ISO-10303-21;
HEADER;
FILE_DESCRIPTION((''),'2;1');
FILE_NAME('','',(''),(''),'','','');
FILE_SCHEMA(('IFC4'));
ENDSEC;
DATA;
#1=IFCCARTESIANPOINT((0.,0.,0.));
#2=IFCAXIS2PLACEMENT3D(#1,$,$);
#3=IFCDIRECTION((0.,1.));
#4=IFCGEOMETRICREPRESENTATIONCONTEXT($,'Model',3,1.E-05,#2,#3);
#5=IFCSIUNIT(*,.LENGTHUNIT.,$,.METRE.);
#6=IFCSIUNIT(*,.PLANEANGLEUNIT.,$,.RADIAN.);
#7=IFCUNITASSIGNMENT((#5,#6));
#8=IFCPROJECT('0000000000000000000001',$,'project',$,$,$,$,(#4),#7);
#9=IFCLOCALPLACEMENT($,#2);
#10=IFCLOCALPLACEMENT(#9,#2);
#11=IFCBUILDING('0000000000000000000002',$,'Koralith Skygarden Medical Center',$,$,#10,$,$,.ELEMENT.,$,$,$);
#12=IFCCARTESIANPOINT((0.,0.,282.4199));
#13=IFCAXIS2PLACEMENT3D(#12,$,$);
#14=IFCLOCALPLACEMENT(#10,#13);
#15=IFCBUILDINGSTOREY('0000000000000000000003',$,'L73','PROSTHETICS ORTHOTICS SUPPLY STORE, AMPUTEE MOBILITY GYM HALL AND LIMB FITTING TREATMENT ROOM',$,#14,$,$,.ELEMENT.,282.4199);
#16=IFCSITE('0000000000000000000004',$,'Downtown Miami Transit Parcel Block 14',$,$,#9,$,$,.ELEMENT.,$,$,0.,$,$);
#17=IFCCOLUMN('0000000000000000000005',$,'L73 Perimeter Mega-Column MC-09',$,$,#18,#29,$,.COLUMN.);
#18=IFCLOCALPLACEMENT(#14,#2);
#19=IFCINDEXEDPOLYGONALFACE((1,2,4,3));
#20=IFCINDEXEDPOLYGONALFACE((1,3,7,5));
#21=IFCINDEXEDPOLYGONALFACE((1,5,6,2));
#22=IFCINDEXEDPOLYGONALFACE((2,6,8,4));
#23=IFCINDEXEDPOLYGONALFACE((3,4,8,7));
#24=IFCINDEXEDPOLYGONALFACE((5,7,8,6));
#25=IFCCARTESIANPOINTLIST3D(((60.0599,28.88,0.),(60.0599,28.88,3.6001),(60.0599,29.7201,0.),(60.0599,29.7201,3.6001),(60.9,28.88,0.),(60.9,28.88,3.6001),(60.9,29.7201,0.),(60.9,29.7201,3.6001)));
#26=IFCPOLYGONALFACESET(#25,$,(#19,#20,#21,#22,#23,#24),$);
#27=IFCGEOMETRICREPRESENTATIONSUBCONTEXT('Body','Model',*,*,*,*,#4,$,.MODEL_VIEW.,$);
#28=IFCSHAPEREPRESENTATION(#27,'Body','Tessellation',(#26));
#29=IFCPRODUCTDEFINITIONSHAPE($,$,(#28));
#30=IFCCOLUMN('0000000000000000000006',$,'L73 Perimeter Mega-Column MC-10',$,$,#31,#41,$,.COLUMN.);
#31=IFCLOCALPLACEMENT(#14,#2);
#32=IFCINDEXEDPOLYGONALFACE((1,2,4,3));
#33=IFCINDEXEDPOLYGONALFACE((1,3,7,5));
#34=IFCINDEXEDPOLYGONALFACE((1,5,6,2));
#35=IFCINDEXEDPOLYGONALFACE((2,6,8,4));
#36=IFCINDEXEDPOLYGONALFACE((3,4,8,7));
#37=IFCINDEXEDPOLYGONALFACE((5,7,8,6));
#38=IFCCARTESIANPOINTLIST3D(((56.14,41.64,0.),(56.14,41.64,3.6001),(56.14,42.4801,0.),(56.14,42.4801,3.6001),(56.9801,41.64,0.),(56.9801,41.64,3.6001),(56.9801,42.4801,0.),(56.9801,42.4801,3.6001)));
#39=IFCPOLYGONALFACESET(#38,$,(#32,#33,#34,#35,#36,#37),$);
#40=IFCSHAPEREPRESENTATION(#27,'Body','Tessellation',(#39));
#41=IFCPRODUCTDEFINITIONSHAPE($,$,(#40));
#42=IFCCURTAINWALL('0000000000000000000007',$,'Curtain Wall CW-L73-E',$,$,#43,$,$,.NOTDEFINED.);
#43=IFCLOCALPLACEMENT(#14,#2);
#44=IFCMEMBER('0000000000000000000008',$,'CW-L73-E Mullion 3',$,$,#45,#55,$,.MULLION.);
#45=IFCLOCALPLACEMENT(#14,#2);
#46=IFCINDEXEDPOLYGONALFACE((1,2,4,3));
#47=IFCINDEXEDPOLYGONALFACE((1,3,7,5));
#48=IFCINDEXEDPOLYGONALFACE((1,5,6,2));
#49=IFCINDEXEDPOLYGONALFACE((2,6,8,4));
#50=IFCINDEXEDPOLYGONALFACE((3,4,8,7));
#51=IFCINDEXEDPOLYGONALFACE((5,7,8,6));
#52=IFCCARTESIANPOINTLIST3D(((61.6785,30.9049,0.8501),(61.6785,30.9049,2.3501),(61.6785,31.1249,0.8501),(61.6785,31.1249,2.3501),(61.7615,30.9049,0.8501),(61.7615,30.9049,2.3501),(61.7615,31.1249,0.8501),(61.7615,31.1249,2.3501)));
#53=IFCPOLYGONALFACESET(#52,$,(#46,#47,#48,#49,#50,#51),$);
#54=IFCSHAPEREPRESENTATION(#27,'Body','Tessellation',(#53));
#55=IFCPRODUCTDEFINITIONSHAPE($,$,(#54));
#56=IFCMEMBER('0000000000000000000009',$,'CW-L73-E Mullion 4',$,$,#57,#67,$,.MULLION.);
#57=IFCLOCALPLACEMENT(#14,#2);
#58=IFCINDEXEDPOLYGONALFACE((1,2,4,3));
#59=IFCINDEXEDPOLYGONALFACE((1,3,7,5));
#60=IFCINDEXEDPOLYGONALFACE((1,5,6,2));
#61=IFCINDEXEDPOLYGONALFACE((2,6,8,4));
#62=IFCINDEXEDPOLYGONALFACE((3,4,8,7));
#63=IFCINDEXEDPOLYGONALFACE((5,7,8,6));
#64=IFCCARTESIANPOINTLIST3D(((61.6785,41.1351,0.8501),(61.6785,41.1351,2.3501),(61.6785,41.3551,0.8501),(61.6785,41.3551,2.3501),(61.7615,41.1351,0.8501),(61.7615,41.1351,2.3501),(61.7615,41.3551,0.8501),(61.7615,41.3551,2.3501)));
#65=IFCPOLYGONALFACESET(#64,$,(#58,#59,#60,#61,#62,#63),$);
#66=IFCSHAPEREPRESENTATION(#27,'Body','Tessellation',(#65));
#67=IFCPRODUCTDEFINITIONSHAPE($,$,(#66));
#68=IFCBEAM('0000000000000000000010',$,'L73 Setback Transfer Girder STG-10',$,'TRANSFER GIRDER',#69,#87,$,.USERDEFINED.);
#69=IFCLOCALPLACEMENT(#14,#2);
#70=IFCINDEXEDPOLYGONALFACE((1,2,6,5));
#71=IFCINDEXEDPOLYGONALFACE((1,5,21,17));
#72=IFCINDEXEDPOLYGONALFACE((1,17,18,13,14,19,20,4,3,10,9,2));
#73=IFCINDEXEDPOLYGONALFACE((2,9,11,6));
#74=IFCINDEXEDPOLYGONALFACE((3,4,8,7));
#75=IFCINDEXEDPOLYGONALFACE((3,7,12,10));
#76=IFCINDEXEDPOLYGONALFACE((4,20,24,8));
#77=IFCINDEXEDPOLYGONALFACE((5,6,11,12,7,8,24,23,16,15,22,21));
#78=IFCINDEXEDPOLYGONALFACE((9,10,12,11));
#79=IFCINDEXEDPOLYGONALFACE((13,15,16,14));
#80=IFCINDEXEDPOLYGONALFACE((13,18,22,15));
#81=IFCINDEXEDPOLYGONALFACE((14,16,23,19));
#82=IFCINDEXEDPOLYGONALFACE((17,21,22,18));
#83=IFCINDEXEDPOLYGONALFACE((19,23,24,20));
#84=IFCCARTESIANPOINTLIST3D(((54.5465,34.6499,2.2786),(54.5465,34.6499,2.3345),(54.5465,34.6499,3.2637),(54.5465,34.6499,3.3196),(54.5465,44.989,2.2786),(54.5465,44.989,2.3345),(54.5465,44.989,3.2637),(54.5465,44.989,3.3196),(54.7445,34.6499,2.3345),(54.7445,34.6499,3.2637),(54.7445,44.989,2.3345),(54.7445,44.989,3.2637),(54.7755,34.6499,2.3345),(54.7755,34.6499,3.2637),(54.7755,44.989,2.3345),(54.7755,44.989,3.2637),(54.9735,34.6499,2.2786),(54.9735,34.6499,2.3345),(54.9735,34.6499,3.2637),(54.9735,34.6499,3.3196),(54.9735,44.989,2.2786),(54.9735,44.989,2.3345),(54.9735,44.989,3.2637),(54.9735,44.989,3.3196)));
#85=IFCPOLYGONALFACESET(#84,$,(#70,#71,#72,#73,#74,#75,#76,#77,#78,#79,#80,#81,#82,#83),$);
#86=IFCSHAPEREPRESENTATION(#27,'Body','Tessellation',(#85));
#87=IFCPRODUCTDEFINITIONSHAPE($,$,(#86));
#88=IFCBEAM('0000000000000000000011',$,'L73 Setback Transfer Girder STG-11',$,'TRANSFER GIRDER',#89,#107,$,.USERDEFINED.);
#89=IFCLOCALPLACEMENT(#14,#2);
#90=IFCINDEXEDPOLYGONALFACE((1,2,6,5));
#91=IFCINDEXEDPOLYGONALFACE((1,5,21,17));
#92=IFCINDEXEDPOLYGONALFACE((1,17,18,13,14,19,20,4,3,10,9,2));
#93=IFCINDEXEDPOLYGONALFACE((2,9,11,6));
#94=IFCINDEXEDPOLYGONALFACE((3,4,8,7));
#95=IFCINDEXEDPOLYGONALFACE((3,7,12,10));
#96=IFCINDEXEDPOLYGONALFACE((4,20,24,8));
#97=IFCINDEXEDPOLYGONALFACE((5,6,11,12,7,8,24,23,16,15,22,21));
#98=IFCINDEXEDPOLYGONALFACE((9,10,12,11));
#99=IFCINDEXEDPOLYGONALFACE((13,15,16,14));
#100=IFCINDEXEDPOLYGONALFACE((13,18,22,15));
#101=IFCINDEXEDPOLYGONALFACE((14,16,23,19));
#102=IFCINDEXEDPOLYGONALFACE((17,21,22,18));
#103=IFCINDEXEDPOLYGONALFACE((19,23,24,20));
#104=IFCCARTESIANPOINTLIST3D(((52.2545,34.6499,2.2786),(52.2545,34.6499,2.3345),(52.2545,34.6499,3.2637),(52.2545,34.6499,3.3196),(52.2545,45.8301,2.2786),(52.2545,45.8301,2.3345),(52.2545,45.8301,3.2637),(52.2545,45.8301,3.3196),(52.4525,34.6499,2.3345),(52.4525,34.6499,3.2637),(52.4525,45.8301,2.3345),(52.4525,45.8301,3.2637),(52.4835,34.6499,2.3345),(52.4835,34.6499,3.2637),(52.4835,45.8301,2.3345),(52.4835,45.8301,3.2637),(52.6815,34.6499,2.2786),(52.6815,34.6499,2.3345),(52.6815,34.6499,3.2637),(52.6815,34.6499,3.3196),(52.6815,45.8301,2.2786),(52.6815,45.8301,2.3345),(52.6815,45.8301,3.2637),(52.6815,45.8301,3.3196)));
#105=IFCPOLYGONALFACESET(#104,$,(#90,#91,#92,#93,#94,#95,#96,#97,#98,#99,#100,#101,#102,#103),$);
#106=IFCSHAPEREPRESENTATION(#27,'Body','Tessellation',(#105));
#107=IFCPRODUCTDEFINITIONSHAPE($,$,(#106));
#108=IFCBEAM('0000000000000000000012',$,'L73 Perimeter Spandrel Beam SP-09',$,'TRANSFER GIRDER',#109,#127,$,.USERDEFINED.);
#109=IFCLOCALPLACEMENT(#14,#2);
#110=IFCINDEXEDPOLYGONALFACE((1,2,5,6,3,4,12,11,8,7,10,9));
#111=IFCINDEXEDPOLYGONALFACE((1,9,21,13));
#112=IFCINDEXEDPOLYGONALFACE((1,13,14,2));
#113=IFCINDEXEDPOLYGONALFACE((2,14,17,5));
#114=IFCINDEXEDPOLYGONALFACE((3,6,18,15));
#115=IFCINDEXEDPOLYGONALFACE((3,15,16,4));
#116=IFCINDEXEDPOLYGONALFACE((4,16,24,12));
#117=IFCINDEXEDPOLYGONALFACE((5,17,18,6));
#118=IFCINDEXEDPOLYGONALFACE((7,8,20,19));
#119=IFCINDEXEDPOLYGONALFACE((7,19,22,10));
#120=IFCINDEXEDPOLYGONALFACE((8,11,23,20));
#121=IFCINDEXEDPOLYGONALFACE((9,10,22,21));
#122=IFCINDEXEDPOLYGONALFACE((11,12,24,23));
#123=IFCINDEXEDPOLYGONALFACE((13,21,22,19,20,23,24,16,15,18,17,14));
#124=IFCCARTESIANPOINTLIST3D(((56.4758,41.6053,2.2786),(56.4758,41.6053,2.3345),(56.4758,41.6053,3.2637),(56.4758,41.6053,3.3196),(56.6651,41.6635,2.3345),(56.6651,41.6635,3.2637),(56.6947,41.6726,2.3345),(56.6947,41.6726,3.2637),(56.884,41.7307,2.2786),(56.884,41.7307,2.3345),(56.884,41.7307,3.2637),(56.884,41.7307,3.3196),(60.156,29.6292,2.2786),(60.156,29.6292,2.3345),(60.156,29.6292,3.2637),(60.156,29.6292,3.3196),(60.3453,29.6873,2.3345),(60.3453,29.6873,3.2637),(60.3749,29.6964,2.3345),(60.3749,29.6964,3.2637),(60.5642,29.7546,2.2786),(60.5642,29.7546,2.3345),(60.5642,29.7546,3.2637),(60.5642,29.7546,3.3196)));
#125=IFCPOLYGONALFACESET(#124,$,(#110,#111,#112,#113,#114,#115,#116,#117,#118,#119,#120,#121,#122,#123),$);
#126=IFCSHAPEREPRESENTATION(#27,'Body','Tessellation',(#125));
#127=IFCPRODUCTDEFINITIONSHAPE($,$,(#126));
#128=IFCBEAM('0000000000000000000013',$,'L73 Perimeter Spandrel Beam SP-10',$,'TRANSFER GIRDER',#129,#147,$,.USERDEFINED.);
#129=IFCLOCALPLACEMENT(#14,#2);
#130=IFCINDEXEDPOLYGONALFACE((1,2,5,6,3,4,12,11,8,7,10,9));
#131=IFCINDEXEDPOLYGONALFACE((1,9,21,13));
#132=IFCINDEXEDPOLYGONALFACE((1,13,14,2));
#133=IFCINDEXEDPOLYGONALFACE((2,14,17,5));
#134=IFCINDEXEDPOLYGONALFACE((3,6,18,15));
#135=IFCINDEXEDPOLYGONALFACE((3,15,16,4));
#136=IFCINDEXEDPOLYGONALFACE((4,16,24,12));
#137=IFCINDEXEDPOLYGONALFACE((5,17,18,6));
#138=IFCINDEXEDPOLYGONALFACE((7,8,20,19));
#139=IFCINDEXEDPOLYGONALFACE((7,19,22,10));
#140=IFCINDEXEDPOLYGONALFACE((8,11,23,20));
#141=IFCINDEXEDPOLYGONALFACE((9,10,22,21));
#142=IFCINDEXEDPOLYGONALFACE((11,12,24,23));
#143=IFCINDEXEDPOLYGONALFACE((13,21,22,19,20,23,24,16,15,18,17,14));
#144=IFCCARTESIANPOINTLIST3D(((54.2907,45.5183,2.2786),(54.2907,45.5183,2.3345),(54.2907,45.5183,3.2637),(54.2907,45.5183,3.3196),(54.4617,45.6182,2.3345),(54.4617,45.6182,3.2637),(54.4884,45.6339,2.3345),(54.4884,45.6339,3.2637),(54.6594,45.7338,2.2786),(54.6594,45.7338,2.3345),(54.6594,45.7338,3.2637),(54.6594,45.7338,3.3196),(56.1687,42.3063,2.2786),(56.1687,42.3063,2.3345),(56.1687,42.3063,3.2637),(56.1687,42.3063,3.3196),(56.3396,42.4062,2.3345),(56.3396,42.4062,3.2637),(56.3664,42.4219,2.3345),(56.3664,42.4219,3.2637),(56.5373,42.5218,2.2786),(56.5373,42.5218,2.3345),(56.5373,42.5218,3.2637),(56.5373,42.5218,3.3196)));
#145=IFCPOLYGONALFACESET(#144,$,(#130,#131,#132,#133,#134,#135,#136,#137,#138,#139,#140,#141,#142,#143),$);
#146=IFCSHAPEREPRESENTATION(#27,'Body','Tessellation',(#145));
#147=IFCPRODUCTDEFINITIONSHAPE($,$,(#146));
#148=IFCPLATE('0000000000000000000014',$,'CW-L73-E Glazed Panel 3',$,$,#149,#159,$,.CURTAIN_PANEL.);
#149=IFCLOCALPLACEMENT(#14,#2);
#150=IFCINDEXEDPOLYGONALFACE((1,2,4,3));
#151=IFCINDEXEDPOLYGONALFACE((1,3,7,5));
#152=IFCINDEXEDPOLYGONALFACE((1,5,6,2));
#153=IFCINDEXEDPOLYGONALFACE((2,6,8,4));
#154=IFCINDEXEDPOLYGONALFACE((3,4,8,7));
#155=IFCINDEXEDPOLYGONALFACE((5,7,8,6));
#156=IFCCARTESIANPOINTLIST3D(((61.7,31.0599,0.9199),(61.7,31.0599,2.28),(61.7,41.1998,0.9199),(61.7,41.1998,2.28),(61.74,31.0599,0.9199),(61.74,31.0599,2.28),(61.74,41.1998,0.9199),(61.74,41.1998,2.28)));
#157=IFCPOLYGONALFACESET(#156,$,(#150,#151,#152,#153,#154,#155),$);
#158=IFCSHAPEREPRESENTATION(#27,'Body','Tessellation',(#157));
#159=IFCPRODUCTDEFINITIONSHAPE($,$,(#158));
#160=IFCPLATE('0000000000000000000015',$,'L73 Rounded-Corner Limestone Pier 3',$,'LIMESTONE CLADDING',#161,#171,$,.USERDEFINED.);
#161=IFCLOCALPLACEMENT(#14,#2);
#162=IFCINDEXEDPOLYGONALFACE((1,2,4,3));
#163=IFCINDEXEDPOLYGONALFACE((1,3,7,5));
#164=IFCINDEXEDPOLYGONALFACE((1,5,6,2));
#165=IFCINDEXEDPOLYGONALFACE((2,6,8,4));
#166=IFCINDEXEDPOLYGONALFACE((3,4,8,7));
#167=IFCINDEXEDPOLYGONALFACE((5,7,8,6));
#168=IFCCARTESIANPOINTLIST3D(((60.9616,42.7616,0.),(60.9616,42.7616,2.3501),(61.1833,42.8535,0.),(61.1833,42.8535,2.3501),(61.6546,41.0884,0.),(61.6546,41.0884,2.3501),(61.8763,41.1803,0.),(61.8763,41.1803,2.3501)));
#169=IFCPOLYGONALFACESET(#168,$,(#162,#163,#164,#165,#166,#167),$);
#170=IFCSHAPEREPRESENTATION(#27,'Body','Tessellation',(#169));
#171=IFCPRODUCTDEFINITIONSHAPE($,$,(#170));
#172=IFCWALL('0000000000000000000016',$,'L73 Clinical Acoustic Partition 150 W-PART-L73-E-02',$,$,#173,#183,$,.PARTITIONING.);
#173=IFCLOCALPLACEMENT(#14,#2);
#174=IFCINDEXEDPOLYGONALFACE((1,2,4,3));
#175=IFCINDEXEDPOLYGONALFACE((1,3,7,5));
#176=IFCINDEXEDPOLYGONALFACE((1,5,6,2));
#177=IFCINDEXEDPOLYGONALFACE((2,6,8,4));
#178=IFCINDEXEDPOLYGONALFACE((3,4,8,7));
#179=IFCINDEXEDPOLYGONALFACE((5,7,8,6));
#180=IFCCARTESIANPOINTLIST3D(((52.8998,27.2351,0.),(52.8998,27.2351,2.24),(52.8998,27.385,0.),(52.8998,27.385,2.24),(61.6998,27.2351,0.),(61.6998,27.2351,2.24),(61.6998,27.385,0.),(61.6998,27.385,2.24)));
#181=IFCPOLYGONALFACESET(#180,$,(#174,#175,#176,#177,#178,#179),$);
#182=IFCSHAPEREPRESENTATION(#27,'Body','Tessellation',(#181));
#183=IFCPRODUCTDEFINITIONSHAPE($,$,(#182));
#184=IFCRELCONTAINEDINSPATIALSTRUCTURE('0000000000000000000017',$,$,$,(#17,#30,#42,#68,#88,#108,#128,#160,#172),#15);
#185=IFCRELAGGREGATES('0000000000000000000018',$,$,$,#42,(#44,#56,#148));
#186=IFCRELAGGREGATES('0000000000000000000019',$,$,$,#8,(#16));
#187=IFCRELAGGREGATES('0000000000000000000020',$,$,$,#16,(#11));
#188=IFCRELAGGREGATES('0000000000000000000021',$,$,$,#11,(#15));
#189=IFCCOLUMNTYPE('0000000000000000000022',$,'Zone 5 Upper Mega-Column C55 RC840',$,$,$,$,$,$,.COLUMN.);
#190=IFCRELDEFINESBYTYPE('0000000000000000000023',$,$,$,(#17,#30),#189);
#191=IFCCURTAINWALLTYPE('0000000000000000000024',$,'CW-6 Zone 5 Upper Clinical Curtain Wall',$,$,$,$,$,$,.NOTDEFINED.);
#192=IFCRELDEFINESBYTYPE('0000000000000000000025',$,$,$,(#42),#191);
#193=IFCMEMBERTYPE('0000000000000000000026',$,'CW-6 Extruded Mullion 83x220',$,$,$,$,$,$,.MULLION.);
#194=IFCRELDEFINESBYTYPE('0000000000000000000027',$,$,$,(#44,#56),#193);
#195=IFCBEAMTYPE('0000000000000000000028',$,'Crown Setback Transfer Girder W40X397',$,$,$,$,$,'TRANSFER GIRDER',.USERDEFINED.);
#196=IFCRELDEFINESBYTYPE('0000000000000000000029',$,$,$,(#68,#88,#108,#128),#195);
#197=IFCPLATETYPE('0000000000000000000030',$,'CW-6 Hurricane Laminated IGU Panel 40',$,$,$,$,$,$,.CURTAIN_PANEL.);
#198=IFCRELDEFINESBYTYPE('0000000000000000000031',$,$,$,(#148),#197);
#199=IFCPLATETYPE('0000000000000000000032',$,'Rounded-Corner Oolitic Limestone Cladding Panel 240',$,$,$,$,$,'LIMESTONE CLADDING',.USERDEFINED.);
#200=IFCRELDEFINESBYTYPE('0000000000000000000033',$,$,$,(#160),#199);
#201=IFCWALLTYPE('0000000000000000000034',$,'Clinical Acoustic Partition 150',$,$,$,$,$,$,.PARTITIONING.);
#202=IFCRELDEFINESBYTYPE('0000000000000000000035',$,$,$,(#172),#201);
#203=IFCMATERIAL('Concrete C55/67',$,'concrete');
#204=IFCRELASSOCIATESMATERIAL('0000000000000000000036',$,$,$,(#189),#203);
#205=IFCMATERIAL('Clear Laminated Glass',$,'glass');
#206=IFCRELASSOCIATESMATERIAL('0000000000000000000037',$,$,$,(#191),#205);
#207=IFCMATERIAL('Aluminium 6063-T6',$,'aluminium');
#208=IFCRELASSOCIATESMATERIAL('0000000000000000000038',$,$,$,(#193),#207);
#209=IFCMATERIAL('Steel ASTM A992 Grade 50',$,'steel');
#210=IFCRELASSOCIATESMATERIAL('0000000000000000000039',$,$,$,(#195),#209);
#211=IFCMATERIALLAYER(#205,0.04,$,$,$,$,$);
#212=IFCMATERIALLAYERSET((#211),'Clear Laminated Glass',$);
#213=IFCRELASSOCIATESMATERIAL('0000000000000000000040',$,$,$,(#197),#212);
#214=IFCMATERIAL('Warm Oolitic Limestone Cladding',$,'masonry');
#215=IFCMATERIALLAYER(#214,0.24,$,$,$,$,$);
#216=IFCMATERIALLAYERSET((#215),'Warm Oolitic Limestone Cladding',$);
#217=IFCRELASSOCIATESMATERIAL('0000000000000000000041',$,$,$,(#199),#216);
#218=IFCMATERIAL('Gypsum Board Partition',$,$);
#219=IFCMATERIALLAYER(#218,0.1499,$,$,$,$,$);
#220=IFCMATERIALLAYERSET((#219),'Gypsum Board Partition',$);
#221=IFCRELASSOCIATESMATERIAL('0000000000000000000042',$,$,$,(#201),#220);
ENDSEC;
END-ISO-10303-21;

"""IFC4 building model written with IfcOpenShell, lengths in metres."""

from ifc_helpers import new_model, si_unit, direction, frame, frame_2d, origin, origin_2d, place, context, subcontext, project, spatial, rectangle, i_section, extrude, material, layer, layer_set, material_profile, profile_set, type_object, element, aggregate, save


model = new_model("IFC4")

# Units and contexts
model_context = context("Model", 3, precision=1e-05, world=origin(), true_north=direction((0.0, 1.0)))
body_context = subcontext(model_context, "Body", "Model", "MODEL_VIEW")
ifc_project = project(units=[si_unit("LENGTHUNIT", "METRE"), si_unit("PLANEANGLEUNIT", "RADIAN")], contexts=[model_context])

# Site, building, storey
site_placement = place(None, origin())
site = spatial("IfcSite", under=ifc_project, at=site_placement, Name="Downtown Miami Transit Parcel Block 14", CompositionType="ELEMENT", RefElevation=0.0)
building_placement = place(site_placement, origin())
building = spatial("IfcBuilding", under=site, at=building_placement, Name="Koralith Skygarden Medical Center", CompositionType="ELEMENT")
storey_placement = place(building_placement, frame((0.0, 0.0, 282.4199)))
storey = spatial("IfcBuildingStorey", under=building, at=storey_placement, Name="L73", Description="PROSTHETICS ORTHOTICS SUPPLY STORE, AMPUTEE MOBILITY GYM HALL AND LIMB FITTING TREATMENT ROOM", CompositionType="ELEMENT", Elevation=282.4199)

# Columns
ifc_material_1 = material(Name="Concrete C55/67", Category="concrete")
ifc_material_profile_1 = material_profile(ifc_material_1, rectangle(XDim=0.8401, YDim=0.8401, at=origin_2d()), Name="RC840X840")
ifc_profile_set_1 = profile_set([ifc_material_profile_1], Name="Concrete C55/67")
column_type = type_object("IfcColumnType", Name="Zone 5 Upper Mega-Column C55 RC840", PredefinedType="COLUMN", material=ifc_profile_set_1)
for number, where, z_axis, x_axis, name in (
    (1, (60.48, 29.3, 0.0), (0.0, 0.0, 1.0), (1.0, 0.0, 0.0), "L73 Perimeter Mega-Column MC-09"),
    (2, (56.5601, 42.0601, 0.0), (0.0, 0.0, 1.0), (1.0, 0.0, 0.0), "L73 Perimeter Mega-Column MC-10"),
):
    element("IfcColumn", number, at=place(storey_placement, frame(where, z_axis=z_axis, x_axis=x_axis)), inside=storey, type_object=column_type, Name=name, PredefinedType="COLUMN", context=body_context, shape_type="SweptSolid", body=[
        extrude(rectangle(XDim=0.8401, YDim=0.8401, at=origin_2d()), origin(), (0.0, 0.0, 1.0), 3.6001),
    ])

# Curtain wall, members
ifc_material_2 = material(Name="Clear Laminated Glass", Category="glass")
curtain_wall_type = type_object("IfcCurtainWallType", Name="CW-6 Zone 5 Upper Clinical Curtain Wall", PredefinedType="NOTDEFINED", material=ifc_material_2)
curtain_wall_placement = place(storey_placement, origin())
curtain_wall = element("IfcCurtainWall", 3, at=curtain_wall_placement, inside=storey, type_object=curtain_wall_type, Name="Curtain Wall CW-L73-E", PredefinedType="NOTDEFINED")
ifc_material_3 = material(Name="Aluminium 6063-T6", Category="aluminium")
ifc_material_profile_2 = material_profile(ifc_material_3, rectangle(XDim=0.083, YDim=0.22, at=origin_2d()), Name="MUL83X220")
ifc_profile_set_2 = profile_set([ifc_material_profile_2], Name="Aluminium 6063-T6")
member_type = type_object("IfcMemberType", Name="CW-6 Extruded Mullion 83x220", PredefinedType="MULLION", material=ifc_profile_set_2)
member_1_placement = place(storey_placement, frame((61.72, 31.0149, 0.8501), z_axis=(0.0, 0.0, 1.0), x_axis=(1.0, 0.0, 0.0)))
member_1 = element("IfcMember", 4, at=member_1_placement, type_object=member_type, Name="CW-L73-E Mullion 3", PredefinedType="MULLION", context=body_context, shape_type="SweptSolid", body=[
    extrude(rectangle(XDim=0.083, YDim=0.22, at=origin_2d()), origin(), (0.0, 0.0, 1.0), 1.5),
])
member_2_placement = place(storey_placement, frame((61.72, 41.2451, 0.8501), z_axis=(0.0, 0.0, 1.0), x_axis=(1.0, 0.0, 0.0)))
member_2 = element("IfcMember", 5, at=member_2_placement, type_object=member_type, Name="CW-L73-E Mullion 4", PredefinedType="MULLION", context=body_context, shape_type="SweptSolid", body=[
    extrude(rectangle(XDim=0.083, YDim=0.22, at=origin_2d()), origin(), (0.0, 0.0, 1.0), 1.5),
])

# Beams
ifc_material_4 = material(Name="Steel ASTM A992 Grade 50", Category="steel")
ifc_material_profile_3 = material_profile(ifc_material_4, i_section(OverallWidth=0.427, OverallDepth=1.041, WebThickness=0.031, FlangeThickness=0.0559, at=origin_2d()), Name="W40X397")
ifc_profile_set_3 = profile_set([ifc_material_profile_3], Name="Steel ASTM A992 Grade 50")
beam_type = type_object("IfcBeamType", Name="Crown Setback Transfer Girder W40X397", ElementType="TRANSFER GIRDER", PredefinedType="USERDEFINED", material=ifc_profile_set_3)
beam_1_placement = place(storey_placement, frame((54.76, 34.6499, 2.7991), z_axis=(0.0, 1.0, 0.0), x_axis=(-1.0, 0.0, 0.0)))
element("IfcBeam", 6, at=beam_1_placement, inside=storey, type_object=beam_type, Name="L73 Setback Transfer Girder STG-10", ObjectType="TRANSFER GIRDER", PredefinedType="USERDEFINED", context=body_context, shape_type="SweptSolid", body=[
    extrude(i_section(OverallWidth=0.427, OverallDepth=1.041, WebThickness=0.031, FlangeThickness=0.0559, at=origin_2d()), origin(), (0.0, 0.0, 1.0), 10.3391),
])
beam_2_placement = place(storey_placement, frame((52.468, 34.6499, 2.7991), z_axis=(0.0, 1.0, 0.0), x_axis=(-1.0, 0.0, 0.0)))
element("IfcBeam", 7, at=beam_2_placement, inside=storey, type_object=beam_type, Name="L73 Setback Transfer Girder STG-11", ObjectType="TRANSFER GIRDER", PredefinedType="USERDEFINED", context=body_context, shape_type="SweptSolid", body=[
    extrude(i_section(OverallWidth=0.427, OverallDepth=1.041, WebThickness=0.031, FlangeThickness=0.0559, at=origin_2d()), origin(), (0.0, 0.0, 1.0), 11.1802),
])
beam_3_placement = place(storey_placement, frame((60.3601, 29.6919, 2.7991), z_axis=(-0.293738, 0.955886, 0.0), x_axis=(-0.955886, -0.293738, 0.0)))
element("IfcBeam", 8, at=beam_3_placement, inside=storey, type_object=beam_type, Name="L73 Perimeter Spandrel Beam SP-09", ObjectType="TRANSFER GIRDER", PredefinedType="USERDEFINED", context=body_context, shape_type="SweptSolid", body=[
    extrude(i_section(OverallWidth=0.427, OverallDepth=1.041, WebThickness=0.031, FlangeThickness=0.0559, at=origin_2d()), origin(), (0.0, 0.0, 1.0), 12.5288),
])
beam_4_placement = place(storey_placement, frame((56.353, 42.4141, 2.7991), z_axis=(-0.504736, 0.863274, 0.0), x_axis=(-0.863274, -0.504736, 0.0)))
element("IfcBeam", 9, at=beam_4_placement, inside=storey, type_object=beam_type, Name="L73 Perimeter Spandrel Beam SP-10", ObjectType="TRANSFER GIRDER", PredefinedType="USERDEFINED", context=body_context, shape_type="SweptSolid", body=[
    extrude(i_section(OverallWidth=0.427, OverallDepth=1.041, WebThickness=0.031, FlangeThickness=0.0559, at=origin_2d()), origin(), (0.0, 0.0, 1.0), 3.7207),
])

# Plates
ifc_layer_1 = layer(ifc_material_2, 0.04)
ifc_layer_set_1 = layer_set([ifc_layer_1], Name="Clear Laminated Glass")
plate_type_1 = type_object("IfcPlateType", Name="CW-6 Hurricane Laminated IGU Panel 40", PredefinedType="CURTAIN_PANEL", material=ifc_layer_set_1)
plate_1_placement = place(storey_placement, frame((61.72, 36.1299, 0.9199), z_axis=(0.0, 0.0, 1.0), x_axis=(0.0, 1.0, 0.0)))
plate_1 = element("IfcPlate", 10, at=plate_1_placement, type_object=plate_type_1, Name="CW-L73-E Glazed Panel 3", PredefinedType="CURTAIN_PANEL", context=body_context, shape_type="SweptSolid", body=[
    extrude(rectangle(XDim=10.1399, YDim=0.04, at=origin_2d()), origin(), (0.0, 0.0, 1.0), 1.3601),
])
aggregate(curtain_wall, [member_1, member_2, plate_1])
ifc_material_5 = material(Name="Warm Oolitic Limestone Cladding", Category="masonry")
ifc_layer_2 = layer(ifc_material_5, 0.24)
ifc_layer_set_2 = layer_set([ifc_layer_2], Name="Warm Oolitic Limestone Cladding")
plate_type_2 = type_object("IfcPlateType", Name="Rounded-Corner Oolitic Limestone Cladding Panel 240", ElementType="LIMESTONE CLADDING", PredefinedType="USERDEFINED", material=ifc_layer_set_2)
plate_2_placement = place(storey_placement, frame((61.4189, 41.9709, 0.0), z_axis=(0.0, 0.0, 1.0), x_axis=(-0.382671, 0.923885, 0.0)))
element("IfcPlate", 11, at=plate_2_placement, inside=storey, type_object=plate_type_2, Name="L73 Rounded-Corner Limestone Pier 3", ObjectType="LIMESTONE CLADDING", PredefinedType="USERDEFINED", context=body_context, shape_type="SweptSolid", body=[
    extrude(rectangle(XDim=1.811, YDim=0.24, at=origin_2d()), origin(), (0.0, 0.0, 1.0), 2.3501),
])

# Wall
ifc_material_6 = material(Name="Gypsum Board Partition")
ifc_layer_3 = layer(ifc_material_6, 0.1499)
ifc_layer_set_3 = layer_set([ifc_layer_3], Name="Gypsum Board Partition")
wall_type_1 = type_object("IfcWallType", Name="Clinical Acoustic Partition 150", PredefinedType="PARTITIONING", material=ifc_layer_set_3)
for number, where, z_axis, x_axis, name in (
    (12, (52.8999, 27.3101, 0.0), (0.0, 0.0, 1.0), (1.0, 0.0, 0.0), "L73 Clinical Acoustic Partition 150 W-PART-L73-E-02"),
):
    element("IfcWall", number, at=place(storey_placement, frame(where, z_axis=z_axis, x_axis=x_axis)), inside=storey, type_object=wall_type_1, Name=name, PredefinedType="PARTITIONING", context=body_context, shape_type="SweptSolid", body=[
        extrude(rectangle(XDim=8.8, YDim=0.1499, at=frame_2d((4.3999, 0.0))), origin(), (0.0, 0.0, 1.0), 2.24),
    ])

save(model, "model.ifc")
